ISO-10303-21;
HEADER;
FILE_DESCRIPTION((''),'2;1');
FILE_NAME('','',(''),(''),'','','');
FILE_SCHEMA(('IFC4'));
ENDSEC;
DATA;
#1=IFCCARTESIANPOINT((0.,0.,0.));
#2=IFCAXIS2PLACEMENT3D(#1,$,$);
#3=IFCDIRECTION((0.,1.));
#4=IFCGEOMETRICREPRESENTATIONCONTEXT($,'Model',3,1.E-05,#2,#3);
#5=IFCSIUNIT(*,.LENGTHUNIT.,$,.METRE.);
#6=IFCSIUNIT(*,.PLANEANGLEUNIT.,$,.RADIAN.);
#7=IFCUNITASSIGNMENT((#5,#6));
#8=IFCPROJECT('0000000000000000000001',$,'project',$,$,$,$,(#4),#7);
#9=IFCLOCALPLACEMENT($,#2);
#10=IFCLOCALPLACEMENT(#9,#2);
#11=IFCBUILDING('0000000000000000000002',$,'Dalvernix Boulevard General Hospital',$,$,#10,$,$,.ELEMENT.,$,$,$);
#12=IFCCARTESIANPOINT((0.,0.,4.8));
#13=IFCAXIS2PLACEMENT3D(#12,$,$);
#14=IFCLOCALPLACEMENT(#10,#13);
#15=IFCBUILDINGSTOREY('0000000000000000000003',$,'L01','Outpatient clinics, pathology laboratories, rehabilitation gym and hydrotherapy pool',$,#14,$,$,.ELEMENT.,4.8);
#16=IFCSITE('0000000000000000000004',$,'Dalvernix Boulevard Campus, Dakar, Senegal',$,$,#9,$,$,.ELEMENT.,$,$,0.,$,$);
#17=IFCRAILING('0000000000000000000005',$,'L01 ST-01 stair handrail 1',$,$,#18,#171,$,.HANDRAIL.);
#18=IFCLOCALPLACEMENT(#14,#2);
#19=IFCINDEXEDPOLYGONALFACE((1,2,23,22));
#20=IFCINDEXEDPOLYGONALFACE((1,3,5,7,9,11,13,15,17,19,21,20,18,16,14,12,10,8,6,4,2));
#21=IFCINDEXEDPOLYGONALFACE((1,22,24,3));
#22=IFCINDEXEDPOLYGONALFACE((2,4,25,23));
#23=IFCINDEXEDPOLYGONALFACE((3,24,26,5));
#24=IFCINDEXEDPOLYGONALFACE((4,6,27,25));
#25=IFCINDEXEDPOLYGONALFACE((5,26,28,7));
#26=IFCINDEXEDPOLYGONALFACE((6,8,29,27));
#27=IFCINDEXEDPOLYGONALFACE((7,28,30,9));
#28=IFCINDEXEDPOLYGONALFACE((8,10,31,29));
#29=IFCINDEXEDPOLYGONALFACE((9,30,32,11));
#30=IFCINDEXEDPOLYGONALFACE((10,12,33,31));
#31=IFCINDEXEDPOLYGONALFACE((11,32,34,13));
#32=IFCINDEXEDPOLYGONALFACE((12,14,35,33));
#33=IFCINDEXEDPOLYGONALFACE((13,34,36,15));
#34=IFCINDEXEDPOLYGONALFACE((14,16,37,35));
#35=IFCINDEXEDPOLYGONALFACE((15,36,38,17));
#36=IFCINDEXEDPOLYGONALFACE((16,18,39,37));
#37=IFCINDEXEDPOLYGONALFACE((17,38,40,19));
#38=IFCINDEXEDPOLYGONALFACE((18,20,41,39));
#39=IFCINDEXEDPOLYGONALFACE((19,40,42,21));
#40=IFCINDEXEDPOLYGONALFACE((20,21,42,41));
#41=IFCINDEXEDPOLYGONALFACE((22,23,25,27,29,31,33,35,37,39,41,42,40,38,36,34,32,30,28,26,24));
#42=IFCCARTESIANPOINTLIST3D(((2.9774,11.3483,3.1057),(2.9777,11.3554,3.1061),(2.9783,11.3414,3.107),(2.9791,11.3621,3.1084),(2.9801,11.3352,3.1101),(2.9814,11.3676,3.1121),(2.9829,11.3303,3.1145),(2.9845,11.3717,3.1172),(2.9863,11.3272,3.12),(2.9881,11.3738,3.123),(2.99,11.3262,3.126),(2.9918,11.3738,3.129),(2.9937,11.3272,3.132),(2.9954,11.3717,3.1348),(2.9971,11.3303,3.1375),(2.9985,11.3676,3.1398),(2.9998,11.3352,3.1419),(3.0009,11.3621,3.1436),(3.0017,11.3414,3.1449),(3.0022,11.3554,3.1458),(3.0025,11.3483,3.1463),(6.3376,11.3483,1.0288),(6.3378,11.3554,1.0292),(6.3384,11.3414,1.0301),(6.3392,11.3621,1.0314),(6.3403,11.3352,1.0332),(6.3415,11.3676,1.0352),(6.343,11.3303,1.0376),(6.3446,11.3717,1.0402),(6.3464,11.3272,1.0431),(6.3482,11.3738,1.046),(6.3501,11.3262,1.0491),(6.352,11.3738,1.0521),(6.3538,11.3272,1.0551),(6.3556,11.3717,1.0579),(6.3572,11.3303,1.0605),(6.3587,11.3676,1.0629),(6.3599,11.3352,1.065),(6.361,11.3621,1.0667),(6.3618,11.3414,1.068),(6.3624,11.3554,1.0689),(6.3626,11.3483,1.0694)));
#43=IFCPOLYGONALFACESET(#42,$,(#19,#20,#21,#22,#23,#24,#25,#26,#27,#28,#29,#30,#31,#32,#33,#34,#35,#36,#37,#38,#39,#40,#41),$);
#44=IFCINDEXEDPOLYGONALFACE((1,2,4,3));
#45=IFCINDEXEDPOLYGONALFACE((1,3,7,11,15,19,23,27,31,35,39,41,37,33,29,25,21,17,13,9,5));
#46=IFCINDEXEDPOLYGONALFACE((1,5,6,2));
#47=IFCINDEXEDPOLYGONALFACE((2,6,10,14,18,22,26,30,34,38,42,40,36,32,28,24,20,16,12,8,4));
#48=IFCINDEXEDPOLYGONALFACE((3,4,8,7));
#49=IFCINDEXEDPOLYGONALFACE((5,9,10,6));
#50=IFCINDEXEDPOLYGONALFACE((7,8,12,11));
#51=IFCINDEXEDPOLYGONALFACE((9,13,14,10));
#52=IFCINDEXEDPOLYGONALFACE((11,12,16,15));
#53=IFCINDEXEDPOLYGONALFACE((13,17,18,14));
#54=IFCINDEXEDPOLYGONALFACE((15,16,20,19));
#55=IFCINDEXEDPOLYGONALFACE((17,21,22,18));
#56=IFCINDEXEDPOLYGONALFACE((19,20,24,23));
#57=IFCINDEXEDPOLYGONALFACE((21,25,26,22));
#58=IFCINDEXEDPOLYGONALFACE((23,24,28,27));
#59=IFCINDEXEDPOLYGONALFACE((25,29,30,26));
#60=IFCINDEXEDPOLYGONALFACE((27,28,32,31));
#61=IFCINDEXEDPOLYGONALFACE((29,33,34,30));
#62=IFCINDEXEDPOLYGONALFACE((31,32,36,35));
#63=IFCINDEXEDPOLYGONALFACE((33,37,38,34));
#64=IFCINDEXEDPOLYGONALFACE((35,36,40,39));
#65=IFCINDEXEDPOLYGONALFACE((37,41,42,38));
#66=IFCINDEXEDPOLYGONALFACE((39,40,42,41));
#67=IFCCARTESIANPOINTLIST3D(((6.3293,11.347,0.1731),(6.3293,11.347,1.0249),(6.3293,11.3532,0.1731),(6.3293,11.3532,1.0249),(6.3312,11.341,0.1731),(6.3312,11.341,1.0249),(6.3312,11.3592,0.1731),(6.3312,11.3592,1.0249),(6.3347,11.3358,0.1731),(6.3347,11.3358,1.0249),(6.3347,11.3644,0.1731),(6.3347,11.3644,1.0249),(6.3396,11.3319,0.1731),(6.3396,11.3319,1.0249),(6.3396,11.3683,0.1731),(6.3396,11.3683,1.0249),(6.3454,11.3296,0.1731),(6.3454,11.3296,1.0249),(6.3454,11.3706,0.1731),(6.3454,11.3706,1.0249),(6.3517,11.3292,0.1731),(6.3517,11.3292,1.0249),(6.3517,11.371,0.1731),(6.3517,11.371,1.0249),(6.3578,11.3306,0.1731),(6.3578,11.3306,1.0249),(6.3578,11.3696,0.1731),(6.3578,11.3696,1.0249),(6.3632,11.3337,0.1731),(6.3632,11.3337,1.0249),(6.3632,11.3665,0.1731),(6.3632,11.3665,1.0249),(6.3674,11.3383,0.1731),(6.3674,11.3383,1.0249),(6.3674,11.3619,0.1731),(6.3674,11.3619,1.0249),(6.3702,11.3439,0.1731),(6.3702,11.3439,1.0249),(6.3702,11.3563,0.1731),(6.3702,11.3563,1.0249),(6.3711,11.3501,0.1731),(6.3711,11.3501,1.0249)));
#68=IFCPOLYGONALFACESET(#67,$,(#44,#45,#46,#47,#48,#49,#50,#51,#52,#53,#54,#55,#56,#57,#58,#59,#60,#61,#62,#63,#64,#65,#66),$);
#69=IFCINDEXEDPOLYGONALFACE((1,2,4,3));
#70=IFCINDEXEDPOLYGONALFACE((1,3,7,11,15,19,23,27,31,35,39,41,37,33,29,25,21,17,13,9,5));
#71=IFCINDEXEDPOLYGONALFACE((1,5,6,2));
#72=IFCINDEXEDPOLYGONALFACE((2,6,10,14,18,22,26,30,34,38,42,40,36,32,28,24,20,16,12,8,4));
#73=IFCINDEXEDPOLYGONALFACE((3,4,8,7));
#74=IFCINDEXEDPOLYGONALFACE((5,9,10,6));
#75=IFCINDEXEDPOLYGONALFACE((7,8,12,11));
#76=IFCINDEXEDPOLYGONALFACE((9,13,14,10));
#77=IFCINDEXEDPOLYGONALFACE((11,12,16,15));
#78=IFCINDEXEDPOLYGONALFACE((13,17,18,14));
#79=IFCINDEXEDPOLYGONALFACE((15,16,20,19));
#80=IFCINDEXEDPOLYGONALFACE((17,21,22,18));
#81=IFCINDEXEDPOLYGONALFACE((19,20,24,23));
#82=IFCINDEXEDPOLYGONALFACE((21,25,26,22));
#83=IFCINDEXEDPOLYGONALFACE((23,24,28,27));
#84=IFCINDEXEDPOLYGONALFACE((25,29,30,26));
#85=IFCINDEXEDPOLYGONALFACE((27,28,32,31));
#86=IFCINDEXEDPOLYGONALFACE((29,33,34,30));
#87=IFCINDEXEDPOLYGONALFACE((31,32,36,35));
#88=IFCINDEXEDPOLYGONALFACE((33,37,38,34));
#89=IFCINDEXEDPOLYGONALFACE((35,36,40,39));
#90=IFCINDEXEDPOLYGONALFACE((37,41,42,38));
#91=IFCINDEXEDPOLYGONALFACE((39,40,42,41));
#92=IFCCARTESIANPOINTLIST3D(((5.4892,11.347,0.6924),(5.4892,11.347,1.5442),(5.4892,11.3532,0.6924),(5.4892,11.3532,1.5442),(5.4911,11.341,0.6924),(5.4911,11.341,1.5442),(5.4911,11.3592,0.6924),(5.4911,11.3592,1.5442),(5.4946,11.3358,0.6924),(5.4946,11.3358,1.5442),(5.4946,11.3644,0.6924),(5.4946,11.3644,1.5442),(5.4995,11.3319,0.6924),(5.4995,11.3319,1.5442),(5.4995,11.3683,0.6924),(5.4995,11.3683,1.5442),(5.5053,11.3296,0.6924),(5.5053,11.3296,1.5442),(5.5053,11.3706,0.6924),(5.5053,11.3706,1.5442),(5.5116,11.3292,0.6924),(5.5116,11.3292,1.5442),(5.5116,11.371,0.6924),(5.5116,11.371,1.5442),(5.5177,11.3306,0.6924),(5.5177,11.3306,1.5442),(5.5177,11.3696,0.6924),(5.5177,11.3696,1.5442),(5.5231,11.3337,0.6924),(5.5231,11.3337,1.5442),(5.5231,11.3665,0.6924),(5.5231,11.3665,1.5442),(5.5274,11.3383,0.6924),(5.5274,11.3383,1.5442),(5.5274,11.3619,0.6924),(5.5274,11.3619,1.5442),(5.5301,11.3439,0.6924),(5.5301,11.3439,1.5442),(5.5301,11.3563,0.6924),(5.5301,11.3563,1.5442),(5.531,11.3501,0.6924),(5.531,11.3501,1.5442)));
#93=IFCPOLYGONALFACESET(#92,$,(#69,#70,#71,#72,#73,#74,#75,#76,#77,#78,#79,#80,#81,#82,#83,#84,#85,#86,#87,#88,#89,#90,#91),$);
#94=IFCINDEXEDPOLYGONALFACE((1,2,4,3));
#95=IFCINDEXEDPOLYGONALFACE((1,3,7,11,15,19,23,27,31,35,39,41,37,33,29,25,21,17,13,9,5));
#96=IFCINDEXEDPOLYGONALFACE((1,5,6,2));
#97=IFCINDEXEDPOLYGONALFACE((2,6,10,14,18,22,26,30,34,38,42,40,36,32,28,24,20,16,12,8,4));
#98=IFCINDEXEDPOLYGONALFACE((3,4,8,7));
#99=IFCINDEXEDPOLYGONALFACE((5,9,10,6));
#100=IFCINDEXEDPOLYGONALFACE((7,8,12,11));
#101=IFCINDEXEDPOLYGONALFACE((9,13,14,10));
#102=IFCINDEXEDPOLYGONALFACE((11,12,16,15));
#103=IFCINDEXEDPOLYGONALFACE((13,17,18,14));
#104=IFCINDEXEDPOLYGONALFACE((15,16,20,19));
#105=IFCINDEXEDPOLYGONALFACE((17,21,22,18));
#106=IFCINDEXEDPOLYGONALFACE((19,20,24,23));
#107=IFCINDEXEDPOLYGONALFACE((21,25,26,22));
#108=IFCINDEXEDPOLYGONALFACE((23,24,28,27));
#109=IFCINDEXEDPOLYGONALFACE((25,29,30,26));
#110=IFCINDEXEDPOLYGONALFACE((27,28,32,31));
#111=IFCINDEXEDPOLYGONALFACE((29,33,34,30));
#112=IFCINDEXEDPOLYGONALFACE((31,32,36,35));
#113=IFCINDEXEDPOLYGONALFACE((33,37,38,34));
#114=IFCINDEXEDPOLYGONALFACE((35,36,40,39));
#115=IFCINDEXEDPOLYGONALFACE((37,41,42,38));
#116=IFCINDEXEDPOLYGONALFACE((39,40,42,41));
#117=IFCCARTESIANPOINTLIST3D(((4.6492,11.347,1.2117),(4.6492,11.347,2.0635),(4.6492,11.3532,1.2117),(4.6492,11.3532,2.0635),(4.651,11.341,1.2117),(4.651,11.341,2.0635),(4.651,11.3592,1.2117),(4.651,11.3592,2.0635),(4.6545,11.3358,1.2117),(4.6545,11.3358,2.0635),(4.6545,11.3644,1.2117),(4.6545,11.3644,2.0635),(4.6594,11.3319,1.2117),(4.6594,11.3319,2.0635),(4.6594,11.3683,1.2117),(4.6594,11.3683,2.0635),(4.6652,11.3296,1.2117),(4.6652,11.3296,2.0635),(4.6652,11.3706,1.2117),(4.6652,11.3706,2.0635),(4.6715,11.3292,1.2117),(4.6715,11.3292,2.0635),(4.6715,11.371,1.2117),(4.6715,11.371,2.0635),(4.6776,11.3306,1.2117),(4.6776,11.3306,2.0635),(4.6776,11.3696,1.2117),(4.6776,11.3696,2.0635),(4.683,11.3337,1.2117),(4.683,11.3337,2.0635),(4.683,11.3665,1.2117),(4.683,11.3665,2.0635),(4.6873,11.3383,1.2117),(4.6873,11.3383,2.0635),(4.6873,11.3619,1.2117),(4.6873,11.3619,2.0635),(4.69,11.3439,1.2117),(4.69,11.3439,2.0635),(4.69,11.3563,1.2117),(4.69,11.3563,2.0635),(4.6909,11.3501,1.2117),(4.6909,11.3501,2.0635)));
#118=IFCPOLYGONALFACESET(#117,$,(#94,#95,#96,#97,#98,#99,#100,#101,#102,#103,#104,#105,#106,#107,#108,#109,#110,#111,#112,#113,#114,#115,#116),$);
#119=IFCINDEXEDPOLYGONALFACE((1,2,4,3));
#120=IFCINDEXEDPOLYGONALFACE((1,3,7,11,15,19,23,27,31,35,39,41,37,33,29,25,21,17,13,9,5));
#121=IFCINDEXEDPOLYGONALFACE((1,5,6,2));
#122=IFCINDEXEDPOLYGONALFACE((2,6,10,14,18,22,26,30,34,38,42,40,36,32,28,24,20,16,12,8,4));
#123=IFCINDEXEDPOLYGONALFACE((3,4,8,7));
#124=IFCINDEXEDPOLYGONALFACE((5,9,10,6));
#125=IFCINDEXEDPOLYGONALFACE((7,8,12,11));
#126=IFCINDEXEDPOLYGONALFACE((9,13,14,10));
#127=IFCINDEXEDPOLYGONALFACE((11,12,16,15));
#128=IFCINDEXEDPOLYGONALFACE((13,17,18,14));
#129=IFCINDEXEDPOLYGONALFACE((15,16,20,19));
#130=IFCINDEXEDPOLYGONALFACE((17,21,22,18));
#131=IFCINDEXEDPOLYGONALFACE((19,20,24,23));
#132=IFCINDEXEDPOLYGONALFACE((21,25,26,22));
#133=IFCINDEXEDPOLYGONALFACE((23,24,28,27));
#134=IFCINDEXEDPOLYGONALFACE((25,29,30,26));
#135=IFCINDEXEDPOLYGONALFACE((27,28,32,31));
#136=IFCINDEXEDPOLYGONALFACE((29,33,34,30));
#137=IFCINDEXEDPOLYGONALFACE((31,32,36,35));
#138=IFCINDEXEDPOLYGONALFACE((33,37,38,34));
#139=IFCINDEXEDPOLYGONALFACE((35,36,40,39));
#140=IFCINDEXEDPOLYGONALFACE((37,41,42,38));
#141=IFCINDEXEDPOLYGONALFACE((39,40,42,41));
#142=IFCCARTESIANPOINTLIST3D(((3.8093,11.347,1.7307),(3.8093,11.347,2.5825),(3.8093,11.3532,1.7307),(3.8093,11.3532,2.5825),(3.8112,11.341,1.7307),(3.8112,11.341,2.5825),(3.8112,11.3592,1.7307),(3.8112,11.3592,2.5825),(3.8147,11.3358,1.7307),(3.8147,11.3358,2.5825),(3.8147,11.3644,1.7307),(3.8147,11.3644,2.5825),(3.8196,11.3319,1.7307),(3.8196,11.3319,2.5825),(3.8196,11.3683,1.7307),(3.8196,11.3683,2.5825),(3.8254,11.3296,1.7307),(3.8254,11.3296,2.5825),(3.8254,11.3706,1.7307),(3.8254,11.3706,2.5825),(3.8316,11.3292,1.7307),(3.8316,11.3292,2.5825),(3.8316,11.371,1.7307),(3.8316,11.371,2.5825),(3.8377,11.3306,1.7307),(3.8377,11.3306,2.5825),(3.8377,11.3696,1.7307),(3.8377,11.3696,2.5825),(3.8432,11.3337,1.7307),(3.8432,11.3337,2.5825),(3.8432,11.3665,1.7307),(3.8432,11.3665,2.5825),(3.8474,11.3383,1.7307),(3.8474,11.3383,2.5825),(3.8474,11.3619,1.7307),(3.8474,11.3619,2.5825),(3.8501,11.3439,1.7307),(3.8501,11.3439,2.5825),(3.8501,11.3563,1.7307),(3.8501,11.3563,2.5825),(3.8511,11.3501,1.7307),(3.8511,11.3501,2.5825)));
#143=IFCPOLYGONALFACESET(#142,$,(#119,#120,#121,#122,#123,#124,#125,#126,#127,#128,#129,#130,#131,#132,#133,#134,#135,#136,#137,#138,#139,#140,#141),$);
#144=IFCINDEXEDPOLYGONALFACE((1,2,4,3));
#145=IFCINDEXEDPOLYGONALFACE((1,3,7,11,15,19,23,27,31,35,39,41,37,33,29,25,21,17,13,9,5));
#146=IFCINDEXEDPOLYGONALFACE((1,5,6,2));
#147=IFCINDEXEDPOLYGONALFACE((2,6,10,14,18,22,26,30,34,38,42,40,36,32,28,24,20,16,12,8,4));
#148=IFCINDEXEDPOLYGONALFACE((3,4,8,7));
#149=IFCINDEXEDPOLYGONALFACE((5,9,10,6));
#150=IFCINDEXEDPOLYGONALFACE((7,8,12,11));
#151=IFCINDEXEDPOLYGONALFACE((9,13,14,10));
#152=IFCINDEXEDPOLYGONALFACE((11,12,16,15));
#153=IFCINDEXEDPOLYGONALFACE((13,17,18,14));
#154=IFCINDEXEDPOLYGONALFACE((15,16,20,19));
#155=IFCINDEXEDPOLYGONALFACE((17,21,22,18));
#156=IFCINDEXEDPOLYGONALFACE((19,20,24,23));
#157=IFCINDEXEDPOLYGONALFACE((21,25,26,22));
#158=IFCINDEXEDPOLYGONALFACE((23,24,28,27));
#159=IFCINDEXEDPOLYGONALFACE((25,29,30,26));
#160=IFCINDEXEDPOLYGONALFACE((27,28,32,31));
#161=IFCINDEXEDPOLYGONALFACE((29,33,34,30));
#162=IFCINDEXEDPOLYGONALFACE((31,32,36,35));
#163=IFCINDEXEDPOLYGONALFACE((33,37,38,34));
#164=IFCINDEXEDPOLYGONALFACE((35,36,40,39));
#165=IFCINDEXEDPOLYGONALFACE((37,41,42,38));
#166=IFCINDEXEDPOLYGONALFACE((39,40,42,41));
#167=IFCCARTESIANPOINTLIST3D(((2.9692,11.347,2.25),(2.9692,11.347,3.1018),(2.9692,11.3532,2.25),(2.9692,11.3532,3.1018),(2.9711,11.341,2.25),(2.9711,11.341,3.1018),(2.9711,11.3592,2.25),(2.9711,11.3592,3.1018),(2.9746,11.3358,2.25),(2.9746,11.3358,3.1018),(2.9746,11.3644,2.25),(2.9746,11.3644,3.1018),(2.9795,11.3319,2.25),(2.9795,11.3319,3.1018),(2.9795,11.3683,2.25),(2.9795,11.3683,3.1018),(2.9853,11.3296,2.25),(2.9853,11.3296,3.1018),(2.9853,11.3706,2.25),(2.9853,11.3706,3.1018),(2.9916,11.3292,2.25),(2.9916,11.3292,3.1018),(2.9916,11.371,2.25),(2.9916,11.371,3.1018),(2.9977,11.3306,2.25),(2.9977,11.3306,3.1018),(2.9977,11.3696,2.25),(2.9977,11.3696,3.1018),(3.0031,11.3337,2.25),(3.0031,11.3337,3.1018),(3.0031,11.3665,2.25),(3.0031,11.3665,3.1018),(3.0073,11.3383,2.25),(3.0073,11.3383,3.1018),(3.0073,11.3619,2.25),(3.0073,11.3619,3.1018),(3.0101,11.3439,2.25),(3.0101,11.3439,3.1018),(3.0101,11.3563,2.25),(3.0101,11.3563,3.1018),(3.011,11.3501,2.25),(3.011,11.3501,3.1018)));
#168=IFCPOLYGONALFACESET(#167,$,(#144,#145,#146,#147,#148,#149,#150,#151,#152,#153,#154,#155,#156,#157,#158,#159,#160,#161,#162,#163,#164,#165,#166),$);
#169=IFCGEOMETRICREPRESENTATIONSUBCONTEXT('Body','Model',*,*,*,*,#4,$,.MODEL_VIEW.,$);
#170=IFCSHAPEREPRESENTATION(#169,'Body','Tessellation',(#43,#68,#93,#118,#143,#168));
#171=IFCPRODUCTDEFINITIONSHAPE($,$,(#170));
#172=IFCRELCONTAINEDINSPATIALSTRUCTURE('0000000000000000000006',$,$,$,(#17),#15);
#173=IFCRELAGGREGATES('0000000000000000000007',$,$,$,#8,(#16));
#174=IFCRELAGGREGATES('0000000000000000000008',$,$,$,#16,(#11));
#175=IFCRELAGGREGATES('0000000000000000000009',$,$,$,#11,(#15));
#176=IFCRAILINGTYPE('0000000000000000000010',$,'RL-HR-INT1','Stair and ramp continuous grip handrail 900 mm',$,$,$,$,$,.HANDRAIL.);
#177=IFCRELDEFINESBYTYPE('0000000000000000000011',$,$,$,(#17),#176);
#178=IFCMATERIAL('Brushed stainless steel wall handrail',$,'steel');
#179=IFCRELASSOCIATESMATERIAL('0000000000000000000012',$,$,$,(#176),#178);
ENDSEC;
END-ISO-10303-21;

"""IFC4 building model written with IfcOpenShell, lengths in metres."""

from ifc_helpers import new_model, si_unit, direction, frame, origin, origin_2d, place, context, subcontext, project, spatial, circle, extrude, material, type_object, element, save


model = new_model("IFC4")

# Units and contexts
model_context = context("Model", 3, precision=1e-05, world=origin(), true_north=direction((0.0, 1.0)))
body_context = subcontext(model_context, "Body", "Model", "MODEL_VIEW")
ifc_project = project(units=[si_unit("LENGTHUNIT", "METRE"), si_unit("PLANEANGLEUNIT", "RADIAN")], contexts=[model_context])

# Site, building, storey
site_placement = place(None, origin())
site = spatial("IfcSite", under=ifc_project, at=site_placement, Name="Dalvernix Boulevard Campus, Dakar, Senegal", CompositionType="ELEMENT", RefElevation=0.0)
building_placement = place(site_placement, origin())
building = spatial("IfcBuilding", under=site, at=building_placement, Name="Dalvernix Boulevard General Hospital", CompositionType="ELEMENT")
storey_placement = place(building_placement, frame((0.0, 0.0, 4.8)))
storey = spatial("IfcBuildingStorey", under=building, at=storey_placement, Name="L01", Description="Outpatient clinics, pathology laboratories, rehabilitation gym and hydrotherapy pool", CompositionType="ELEMENT", Elevation=4.8)

# Railing
ifc_material_1 = material(Name="Brushed stainless steel wall handrail", Category="steel")
railing_type_1 = type_object("IfcRailingType", Name="RL-HR-INT1", Description="Stair and ramp continuous grip handrail 900 mm", PredefinedType="HANDRAIL", material=ifc_material_1)
railing_1_placement = place(storey_placement, frame((6.3501, 11.3501, 0.1731)))
element("IfcRailing", 1, at=railing_1_placement, inside=storey, type_object=railing_type_1, Name="L01 ST-01 stair handrail 1", PredefinedType="HANDRAIL", context=body_context, shape_type="SweptSolid", body=[
    extrude(circle(Radius=0.0239, at=origin_2d()), frame((0.0, 0.0, 0.876), z_axis=(-0.850623, 0.0, 0.525776), x_axis=(0.0, -1.0, 0.0)), (0.0, 0.0, 1.0), 3.9502),
    extrude(circle(Radius=0.021, at=origin_2d()), origin(), (0.0, 0.0, 1.0), 0.8518),
    extrude(circle(Radius=0.021, at=origin_2d()), frame((-0.8401, 0.0, 0.5193)), (0.0, 0.0, 1.0), 0.8518),
    extrude(circle(Radius=0.021, at=origin_2d()), frame((-1.6802, 0.0, 1.0386)), (0.0, 0.0, 1.0), 0.8518),
    extrude(circle(Radius=0.021, at=origin_2d()), frame((-2.52, 0.0, 1.5576)), (0.0, 0.0, 1.0), 0.8518),
    extrude(circle(Radius=0.021, at=origin_2d()), frame((-3.3601, 0.0, 2.0769)), (0.0, 0.0, 1.0), 0.8518),
])

save(model, "model.ifc")
